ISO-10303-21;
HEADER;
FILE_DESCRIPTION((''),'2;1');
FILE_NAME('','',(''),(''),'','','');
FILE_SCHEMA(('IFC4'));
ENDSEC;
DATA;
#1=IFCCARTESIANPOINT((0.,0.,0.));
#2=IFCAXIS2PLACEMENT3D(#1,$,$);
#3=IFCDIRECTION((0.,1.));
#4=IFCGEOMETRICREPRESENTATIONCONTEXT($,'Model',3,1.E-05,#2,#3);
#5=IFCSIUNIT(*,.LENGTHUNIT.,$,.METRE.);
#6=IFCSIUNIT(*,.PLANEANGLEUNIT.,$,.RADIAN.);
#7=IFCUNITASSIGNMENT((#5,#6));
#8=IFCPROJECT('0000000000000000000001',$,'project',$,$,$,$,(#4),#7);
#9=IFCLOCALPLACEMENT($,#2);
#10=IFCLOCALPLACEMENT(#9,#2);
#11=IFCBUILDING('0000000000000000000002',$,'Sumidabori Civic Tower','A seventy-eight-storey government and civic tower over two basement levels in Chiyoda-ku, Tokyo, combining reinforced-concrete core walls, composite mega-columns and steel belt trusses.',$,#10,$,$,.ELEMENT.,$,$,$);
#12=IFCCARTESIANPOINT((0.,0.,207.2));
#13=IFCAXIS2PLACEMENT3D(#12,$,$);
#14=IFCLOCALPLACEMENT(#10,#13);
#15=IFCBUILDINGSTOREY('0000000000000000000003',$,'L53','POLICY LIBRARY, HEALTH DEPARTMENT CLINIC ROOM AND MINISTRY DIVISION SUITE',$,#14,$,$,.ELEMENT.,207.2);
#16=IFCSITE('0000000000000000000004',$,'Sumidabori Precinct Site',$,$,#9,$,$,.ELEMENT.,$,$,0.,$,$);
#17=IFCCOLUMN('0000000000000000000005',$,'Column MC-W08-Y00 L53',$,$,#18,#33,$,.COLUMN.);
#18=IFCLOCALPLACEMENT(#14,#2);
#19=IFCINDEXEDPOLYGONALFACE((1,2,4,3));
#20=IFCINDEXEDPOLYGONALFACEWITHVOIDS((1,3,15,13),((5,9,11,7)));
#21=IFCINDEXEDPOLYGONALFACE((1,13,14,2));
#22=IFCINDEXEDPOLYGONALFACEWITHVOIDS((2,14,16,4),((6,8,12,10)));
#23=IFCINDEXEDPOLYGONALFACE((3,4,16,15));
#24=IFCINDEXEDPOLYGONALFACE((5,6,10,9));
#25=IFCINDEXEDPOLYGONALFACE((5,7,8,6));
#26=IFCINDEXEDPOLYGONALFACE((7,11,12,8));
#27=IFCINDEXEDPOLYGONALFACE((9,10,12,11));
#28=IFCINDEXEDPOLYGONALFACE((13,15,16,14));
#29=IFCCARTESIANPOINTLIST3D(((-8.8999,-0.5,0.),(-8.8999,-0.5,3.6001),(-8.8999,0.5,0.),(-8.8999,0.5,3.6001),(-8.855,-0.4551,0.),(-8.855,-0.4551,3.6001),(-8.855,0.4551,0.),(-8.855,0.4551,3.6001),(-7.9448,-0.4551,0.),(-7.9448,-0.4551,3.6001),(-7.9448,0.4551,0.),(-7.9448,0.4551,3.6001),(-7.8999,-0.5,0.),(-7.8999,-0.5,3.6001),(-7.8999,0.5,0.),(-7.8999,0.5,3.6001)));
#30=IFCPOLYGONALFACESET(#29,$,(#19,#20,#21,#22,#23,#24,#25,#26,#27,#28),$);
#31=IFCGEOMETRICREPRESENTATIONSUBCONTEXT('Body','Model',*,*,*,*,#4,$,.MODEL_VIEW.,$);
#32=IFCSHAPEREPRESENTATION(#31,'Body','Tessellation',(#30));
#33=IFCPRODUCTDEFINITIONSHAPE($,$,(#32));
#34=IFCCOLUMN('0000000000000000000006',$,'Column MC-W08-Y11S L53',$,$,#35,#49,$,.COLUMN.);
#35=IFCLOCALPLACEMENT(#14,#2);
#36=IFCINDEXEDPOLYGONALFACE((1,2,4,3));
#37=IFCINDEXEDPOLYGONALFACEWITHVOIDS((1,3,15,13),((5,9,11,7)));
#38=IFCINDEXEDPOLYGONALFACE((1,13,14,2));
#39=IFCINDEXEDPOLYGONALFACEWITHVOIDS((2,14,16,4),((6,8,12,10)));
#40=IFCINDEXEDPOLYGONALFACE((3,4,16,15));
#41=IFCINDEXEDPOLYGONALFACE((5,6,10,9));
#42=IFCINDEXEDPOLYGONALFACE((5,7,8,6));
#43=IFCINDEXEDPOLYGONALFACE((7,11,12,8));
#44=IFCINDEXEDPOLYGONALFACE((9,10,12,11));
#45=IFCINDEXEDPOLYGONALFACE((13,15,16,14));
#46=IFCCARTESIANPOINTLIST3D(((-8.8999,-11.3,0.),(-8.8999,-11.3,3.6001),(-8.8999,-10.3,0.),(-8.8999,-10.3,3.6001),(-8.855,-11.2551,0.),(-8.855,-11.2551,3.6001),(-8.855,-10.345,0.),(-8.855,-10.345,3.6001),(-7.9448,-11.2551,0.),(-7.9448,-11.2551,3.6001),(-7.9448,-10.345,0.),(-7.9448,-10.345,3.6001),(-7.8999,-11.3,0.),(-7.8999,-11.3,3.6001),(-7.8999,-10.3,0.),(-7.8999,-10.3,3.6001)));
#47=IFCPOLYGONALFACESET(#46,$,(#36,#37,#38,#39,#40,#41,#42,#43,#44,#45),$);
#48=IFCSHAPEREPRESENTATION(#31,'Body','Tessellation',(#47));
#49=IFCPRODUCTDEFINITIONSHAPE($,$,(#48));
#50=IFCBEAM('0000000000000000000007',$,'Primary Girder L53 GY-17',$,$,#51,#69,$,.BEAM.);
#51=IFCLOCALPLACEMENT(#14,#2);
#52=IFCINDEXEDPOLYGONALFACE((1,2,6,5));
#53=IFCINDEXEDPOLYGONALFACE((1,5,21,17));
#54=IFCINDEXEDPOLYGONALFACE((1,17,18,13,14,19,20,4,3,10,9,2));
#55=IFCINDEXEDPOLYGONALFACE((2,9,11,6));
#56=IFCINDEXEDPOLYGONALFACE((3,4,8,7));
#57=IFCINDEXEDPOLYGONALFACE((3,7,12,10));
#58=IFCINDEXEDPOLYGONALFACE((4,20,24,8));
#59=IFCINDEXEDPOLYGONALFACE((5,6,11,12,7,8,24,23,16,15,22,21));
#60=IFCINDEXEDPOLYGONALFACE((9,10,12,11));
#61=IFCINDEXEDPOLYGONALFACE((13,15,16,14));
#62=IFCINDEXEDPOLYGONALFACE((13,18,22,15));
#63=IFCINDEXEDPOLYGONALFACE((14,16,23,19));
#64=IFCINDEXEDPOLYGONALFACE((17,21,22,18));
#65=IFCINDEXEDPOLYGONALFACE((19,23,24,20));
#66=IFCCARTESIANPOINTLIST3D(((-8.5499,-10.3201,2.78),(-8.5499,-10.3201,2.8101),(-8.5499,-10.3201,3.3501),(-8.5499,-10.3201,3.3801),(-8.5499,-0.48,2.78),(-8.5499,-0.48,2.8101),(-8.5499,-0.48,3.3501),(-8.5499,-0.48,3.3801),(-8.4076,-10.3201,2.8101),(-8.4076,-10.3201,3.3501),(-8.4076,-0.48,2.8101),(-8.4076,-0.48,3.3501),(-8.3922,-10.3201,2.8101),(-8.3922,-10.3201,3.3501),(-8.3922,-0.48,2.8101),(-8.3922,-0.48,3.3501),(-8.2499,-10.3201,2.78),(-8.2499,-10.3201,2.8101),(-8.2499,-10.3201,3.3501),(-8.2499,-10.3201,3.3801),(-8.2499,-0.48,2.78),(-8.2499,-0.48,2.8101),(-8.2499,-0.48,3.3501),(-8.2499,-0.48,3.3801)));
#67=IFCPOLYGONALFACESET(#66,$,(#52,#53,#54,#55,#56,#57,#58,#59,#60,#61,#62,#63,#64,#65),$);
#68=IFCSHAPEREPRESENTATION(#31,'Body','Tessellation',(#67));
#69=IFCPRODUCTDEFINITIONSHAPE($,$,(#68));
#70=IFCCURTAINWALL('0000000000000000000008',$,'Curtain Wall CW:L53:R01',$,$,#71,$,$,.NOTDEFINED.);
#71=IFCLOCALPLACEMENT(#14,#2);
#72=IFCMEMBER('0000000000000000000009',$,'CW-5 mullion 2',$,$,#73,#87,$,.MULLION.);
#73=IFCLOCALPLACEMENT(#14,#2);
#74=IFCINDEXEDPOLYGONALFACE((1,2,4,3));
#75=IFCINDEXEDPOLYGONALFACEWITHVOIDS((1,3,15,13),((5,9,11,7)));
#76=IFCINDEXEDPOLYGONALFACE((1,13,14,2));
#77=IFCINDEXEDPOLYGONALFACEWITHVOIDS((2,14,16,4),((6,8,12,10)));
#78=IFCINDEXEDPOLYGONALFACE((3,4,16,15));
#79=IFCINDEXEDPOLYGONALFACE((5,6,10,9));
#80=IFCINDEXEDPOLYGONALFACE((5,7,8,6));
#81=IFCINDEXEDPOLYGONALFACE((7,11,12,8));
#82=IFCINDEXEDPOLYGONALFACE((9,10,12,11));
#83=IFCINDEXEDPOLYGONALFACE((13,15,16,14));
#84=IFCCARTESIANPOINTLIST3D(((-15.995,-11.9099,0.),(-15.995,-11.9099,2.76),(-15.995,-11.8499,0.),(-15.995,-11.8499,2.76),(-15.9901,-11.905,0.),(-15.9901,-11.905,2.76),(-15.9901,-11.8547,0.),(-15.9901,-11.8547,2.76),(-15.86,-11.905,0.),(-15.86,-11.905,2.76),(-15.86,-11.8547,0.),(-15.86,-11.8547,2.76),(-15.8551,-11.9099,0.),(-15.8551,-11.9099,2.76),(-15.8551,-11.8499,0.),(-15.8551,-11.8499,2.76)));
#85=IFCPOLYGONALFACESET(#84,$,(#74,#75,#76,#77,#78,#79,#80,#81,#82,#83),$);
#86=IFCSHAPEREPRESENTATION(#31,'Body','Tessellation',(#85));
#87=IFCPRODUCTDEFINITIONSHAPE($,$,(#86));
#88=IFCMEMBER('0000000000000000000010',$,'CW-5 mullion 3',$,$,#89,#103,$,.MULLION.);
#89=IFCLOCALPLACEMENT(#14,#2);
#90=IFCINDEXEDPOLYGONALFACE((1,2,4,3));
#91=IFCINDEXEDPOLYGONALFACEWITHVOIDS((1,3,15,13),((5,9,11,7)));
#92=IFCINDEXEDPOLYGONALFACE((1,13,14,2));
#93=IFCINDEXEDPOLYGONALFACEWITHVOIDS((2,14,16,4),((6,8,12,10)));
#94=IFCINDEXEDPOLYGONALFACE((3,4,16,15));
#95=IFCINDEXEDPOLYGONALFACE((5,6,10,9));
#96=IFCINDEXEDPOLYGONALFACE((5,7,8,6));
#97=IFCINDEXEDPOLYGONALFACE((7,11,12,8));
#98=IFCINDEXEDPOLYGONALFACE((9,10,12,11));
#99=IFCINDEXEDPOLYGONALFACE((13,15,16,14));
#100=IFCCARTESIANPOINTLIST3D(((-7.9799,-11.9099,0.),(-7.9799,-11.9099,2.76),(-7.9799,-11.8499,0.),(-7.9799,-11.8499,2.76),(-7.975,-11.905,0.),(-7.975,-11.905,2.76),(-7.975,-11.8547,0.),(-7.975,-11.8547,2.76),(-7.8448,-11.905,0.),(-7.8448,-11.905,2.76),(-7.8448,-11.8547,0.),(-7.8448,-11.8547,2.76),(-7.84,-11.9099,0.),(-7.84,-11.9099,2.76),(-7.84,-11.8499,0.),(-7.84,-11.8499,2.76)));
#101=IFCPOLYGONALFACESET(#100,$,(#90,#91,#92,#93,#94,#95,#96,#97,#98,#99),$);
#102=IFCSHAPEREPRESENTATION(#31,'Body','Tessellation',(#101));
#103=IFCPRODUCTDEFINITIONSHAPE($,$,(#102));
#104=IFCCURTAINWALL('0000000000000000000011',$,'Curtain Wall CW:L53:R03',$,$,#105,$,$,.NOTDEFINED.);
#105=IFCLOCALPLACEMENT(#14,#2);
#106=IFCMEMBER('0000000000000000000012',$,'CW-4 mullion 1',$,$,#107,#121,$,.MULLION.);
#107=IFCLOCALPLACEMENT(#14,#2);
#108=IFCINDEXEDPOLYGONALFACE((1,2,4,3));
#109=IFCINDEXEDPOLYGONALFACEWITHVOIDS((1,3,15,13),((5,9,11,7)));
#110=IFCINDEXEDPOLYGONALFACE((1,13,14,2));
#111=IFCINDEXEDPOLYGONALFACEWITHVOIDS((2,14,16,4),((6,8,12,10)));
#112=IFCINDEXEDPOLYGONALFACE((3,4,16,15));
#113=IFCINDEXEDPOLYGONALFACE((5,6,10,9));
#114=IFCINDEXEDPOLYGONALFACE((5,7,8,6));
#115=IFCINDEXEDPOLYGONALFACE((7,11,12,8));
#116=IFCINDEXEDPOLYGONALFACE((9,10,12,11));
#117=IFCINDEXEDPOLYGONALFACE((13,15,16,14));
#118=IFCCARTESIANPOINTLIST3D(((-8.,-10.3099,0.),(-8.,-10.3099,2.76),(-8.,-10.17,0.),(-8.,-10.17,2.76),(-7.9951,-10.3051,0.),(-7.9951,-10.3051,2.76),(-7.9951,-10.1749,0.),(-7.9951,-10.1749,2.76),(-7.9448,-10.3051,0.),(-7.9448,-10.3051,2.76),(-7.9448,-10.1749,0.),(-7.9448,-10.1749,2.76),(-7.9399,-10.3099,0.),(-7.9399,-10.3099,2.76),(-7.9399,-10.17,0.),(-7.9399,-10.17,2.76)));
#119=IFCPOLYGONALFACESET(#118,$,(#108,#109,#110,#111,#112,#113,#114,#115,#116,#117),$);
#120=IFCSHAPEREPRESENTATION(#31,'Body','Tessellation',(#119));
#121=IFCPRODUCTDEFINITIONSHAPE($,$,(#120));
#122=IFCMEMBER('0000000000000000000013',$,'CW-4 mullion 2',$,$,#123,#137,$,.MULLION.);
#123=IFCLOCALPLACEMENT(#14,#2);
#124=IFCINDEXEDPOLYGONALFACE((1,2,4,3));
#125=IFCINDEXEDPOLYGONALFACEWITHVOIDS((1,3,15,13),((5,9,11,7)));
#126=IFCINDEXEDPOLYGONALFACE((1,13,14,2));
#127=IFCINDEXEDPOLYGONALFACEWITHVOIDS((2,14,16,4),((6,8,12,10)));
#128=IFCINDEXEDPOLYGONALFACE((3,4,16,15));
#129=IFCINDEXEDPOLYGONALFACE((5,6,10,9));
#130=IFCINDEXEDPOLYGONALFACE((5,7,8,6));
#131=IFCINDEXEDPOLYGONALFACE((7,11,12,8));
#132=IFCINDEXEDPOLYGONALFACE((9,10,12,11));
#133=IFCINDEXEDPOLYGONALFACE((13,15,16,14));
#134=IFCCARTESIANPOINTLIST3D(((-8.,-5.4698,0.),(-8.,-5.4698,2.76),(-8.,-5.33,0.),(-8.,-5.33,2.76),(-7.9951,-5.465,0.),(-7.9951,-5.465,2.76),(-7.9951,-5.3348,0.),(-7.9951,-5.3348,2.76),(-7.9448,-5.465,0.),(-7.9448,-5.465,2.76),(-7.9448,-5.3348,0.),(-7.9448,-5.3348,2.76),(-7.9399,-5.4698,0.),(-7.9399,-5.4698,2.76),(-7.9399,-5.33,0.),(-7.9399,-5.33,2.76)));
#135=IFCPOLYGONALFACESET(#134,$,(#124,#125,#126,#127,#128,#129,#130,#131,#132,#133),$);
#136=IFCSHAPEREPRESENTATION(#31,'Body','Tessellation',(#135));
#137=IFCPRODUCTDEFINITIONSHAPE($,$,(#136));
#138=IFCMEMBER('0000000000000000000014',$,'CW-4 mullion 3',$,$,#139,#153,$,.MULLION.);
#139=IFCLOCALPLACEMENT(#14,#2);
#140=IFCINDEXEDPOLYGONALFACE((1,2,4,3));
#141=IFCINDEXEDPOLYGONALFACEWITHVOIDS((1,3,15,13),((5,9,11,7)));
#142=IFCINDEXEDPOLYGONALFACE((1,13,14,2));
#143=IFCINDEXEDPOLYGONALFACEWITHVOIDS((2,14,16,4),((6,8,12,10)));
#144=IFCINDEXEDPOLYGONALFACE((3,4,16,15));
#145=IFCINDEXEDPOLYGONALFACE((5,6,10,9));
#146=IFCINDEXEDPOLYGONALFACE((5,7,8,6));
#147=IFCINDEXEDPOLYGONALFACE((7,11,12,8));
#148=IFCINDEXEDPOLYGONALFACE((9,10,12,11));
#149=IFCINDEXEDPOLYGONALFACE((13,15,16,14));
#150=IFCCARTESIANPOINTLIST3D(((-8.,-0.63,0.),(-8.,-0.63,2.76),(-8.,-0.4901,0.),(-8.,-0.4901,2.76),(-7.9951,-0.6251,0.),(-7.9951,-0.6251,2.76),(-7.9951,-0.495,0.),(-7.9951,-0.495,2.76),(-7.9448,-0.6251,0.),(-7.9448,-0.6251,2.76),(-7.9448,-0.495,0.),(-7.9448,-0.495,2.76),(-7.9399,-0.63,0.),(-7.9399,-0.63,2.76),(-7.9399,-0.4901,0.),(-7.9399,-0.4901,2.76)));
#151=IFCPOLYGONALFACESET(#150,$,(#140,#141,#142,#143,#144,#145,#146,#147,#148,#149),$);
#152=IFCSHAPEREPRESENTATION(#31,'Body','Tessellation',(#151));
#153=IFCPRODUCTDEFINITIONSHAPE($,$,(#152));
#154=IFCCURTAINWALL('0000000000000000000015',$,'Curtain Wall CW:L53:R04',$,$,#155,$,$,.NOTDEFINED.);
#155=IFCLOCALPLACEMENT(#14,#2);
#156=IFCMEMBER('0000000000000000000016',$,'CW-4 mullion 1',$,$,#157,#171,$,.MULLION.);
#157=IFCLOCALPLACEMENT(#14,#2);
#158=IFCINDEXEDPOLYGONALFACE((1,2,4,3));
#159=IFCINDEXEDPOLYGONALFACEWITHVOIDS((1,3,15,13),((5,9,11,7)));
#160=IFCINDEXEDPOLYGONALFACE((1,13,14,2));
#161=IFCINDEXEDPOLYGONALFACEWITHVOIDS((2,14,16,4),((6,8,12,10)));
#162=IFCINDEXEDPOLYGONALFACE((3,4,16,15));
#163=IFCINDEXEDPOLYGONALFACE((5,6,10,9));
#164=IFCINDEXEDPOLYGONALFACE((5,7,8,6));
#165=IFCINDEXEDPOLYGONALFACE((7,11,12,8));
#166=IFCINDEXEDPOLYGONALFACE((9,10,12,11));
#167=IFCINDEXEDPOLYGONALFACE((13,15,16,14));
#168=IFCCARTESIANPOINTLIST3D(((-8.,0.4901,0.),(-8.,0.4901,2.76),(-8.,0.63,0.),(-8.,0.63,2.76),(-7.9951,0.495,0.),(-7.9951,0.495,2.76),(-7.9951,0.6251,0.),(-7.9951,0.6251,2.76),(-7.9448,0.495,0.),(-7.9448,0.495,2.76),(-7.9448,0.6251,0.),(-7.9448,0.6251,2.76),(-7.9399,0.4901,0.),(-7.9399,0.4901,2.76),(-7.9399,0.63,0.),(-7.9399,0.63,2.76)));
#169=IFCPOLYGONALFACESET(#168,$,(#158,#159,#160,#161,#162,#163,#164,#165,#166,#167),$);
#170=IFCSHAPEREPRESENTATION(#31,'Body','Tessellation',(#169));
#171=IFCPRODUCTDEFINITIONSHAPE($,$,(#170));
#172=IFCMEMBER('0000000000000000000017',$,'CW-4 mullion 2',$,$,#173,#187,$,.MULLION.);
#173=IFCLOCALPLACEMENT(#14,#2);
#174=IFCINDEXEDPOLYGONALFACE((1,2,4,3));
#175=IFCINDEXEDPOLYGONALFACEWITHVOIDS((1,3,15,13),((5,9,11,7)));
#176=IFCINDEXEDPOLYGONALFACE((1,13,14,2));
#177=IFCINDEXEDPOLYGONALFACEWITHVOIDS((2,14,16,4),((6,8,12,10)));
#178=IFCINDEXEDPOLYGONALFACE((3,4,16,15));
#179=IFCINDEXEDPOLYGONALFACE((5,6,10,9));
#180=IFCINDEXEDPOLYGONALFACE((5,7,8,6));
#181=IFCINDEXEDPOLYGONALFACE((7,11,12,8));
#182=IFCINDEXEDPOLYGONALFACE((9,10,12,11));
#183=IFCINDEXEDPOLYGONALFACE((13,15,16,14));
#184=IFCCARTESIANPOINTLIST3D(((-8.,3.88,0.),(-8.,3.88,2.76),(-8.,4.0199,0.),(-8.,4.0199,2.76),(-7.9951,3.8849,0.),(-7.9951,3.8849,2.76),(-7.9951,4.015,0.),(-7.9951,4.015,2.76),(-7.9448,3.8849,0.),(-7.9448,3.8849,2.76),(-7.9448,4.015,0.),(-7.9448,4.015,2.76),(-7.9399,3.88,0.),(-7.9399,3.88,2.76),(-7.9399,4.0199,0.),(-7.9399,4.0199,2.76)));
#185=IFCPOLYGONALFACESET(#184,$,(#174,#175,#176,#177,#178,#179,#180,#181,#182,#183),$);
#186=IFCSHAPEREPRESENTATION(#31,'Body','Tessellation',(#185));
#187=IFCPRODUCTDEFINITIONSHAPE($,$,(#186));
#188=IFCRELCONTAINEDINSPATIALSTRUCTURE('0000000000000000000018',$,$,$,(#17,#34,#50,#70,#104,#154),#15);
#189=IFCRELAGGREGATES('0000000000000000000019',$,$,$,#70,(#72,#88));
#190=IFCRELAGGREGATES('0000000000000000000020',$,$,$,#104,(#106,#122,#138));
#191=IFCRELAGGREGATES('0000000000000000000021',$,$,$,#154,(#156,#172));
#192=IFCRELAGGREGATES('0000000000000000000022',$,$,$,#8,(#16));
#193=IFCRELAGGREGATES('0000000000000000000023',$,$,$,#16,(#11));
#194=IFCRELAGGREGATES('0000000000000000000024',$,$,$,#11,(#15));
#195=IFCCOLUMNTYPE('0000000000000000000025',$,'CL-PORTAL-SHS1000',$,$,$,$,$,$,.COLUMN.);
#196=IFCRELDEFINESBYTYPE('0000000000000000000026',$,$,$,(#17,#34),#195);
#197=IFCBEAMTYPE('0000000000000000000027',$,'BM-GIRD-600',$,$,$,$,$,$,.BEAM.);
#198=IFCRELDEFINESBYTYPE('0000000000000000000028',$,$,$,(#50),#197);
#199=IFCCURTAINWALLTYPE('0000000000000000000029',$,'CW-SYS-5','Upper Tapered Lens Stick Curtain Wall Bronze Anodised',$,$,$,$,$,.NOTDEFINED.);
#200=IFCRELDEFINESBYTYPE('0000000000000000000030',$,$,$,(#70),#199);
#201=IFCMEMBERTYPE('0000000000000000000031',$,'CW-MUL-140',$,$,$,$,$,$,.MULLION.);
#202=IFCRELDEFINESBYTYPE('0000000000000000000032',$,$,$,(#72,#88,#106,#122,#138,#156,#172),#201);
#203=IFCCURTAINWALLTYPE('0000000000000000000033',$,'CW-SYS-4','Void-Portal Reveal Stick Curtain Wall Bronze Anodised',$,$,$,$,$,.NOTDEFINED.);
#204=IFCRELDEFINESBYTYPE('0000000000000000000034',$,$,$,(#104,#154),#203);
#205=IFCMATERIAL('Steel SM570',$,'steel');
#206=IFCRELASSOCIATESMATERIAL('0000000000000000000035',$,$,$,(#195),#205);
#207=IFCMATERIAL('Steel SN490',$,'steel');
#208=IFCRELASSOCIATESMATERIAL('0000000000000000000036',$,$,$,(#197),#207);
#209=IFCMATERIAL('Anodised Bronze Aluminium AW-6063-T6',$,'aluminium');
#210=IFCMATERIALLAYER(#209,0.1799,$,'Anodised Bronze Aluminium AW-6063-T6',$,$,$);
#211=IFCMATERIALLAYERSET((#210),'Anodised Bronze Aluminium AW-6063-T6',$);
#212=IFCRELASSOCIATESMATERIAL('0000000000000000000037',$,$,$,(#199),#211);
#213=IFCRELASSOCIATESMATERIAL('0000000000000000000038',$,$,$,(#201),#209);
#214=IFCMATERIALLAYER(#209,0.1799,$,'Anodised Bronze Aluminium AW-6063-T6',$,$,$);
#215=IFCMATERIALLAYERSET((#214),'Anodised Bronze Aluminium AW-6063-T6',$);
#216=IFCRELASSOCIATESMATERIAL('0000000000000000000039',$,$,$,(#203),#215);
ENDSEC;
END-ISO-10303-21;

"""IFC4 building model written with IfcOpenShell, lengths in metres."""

from ifc_helpers import new_model, si_unit, direction, frame, origin, origin_2d, place, context, subcontext, project, spatial, hollow_rectangle, i_section, extrude, source, transform, mapped, material, layer, layer_set, material_profile, profile_set, type_object, element, aggregate, save


model = new_model("IFC4")

# Units and contexts
model_context = context("Model", 3, precision=1e-05, world=origin(), true_north=direction((0.0, 1.0)))
body_context = subcontext(model_context, "Body", "Model", "MODEL_VIEW")
ifc_project = project(units=[si_unit("LENGTHUNIT", "METRE"), si_unit("PLANEANGLEUNIT", "RADIAN")], contexts=[model_context])

# Site, building, storey
site_placement = place(None, origin())
site = spatial("IfcSite", under=ifc_project, at=site_placement, Name="Sumidabori Precinct Site", CompositionType="ELEMENT", RefElevation=0.0)
building_placement = place(site_placement, origin())
building = spatial("IfcBuilding", under=site, at=building_placement, Name="Sumidabori Civic Tower", Description="A seventy-eight-storey government and civic tower over two basement levels in Chiyoda-ku, Tokyo, combining reinforced-concrete core walls, composite mega-columns and steel belt trusses.", CompositionType="ELEMENT")
storey_placement = place(building_placement, frame((0.0, 0.0, 207.2)))
storey = spatial("IfcBuildingStorey", under=building, at=storey_placement, Name="L53", Description="POLICY LIBRARY, HEALTH DEPARTMENT CLINIC ROOM AND MINISTRY DIVISION SUITE", CompositionType="ELEMENT", Elevation=207.2)

# Columns
ifc_material_1 = material(Name="Steel SM570", Category="steel")
ifc_material_profile_1 = material_profile(ifc_material_1, hollow_rectangle(XDim=1.0, YDim=1.0, WallThickness=0.0449, at=origin_2d()), Name="SHS 1000x1000x45")
ifc_profile_set_1 = profile_set([ifc_material_profile_1], Name="Steel SM570")
column_type = type_object("IfcColumnType", Name="CL-PORTAL-SHS1000", PredefinedType="COLUMN", material=ifc_profile_set_1)
shared_shape_1 = source(origin(), body_context, "Body", "SweptSolid", [
    extrude(hollow_rectangle(XDim=1.0, YDim=1.0, WallThickness=0.0449, at=origin_2d()), origin(), (0.0, 0.0, 1.0), 3.6001),
])
for number, where, z_axis, x_axis, name in (
    (1, (-8.3999, 0.0, 0.0), (0.0, 0.0, 1.0), (1.0, 0.0, 0.0), "Column MC-W08-Y00 L53"),
    (2, (-8.3999, -10.8, 0.0), (0.0, 0.0, 1.0), (1.0, 0.0, 0.0), "Column MC-W08-Y11S L53"),
):
    element("IfcColumn", number, at=place(storey_placement, frame(where, z_axis=z_axis, x_axis=x_axis)), inside=storey, type_object=column_type, Name=name, PredefinedType="COLUMN", context=body_context, shape_type="MappedRepresentation", body=[
        mapped(shared_shape_1, transform((0.0, 0.0, 0.0), x_axis=(1.0, 0.0, 0.0), y_axis=(0.0, 1.0, 0.0), z_axis=(0.0, 0.0, 1.0), scale=1.0)),
    ])

# Beam
ifc_material_2 = material(Name="Steel SN490", Category="steel")
ifc_material_profile_2 = material_profile(ifc_material_2, i_section(OverallWidth=0.3, OverallDepth=0.6001, WebThickness=0.0154, FlangeThickness=0.03, at=origin_2d()), Name="HE 600 B")
ifc_profile_set_2 = profile_set([ifc_material_profile_2], Name="Steel SN490")
beam_type = type_object("IfcBeamType", Name="BM-GIRD-600", PredefinedType="BEAM", material=ifc_profile_set_2)
shared_shape_2 = source(origin(), body_context, "Body", "SweptSolid", [
    extrude(i_section(OverallWidth=0.3, OverallDepth=0.6001, WebThickness=0.0154, FlangeThickness=0.03, at=origin_2d()), origin(), (0.0, 0.0, 1.0), 9.8401),
])
beam_placement = place(storey_placement, frame((-8.3999, -10.3201, 3.0801), z_axis=(0.0, 1.0, 0.0), x_axis=(-1.0, 0.0, 0.0)))
element("IfcBeam", 3, at=beam_placement, inside=storey, type_object=beam_type, Name="Primary Girder L53 GY-17", PredefinedType="BEAM", context=body_context, shape_type="MappedRepresentation", body=[
    mapped(shared_shape_2, transform((0.0, 0.0, 0.0), x_axis=(1.0, 0.0, 0.0), y_axis=(0.0, 1.0, 0.0), z_axis=(0.0, 0.0, 1.0), scale=1.0)),
])

# Curtain walls, members
ifc_material_3 = material(Name="Anodised Bronze Aluminium AW-6063-T6", Category="aluminium")
ifc_layer_1 = layer(ifc_material_3, 0.1799, Name="Anodised Bronze Aluminium AW-6063-T6")
ifc_layer_set_1 = layer_set([ifc_layer_1], Name="Anodised Bronze Aluminium AW-6063-T6")
curtain_wall_type_1 = type_object("IfcCurtainWallType", Name="CW-SYS-5", Description="Upper Tapered Lens Stick Curtain Wall Bronze Anodised", PredefinedType="NOTDEFINED", material=ifc_layer_set_1)
curtain_wall_1_placement = place(storey_placement, origin())
curtain_wall_1 = element("IfcCurtainWall", 4, at=curtain_wall_1_placement, inside=storey, type_object=curtain_wall_type_1, Name="Curtain Wall CW:L53:R01", PredefinedType="NOTDEFINED")
ifc_material_profile_3 = material_profile(ifc_material_3, hollow_rectangle(XDim=0.0601, YDim=0.1399, WallThickness=0.0049, at=origin_2d()), Name="ALU MULLION 140x60")
ifc_profile_set_3 = profile_set([ifc_material_profile_3], Name="Anodised Bronze Aluminium AW-6063-T6")
member_type_1 = type_object("IfcMemberType", Name="CW-MUL-140", PredefinedType="MULLION", material=ifc_profile_set_3)
shared_shape_3 = source(origin(), body_context, "Body", "SweptSolid", [
    extrude(hollow_rectangle(XDim=0.0601, YDim=0.1399, WallThickness=0.0049, at=origin_2d()), origin(), (0.0, 0.0, 1.0), 2.76),
])
member_1_placement = place(storey_placement, frame((-15.925, -11.8799, 0.0), z_axis=(0.0, 0.0, 1.0), x_axis=(0.0, 1.0, 0.0)))
member_1 = element("IfcMember", 5, at=member_1_placement, type_object=member_type_1, Name="CW-5 mullion 2", PredefinedType="MULLION", context=body_context, shape_type="MappedRepresentation", body=[
    mapped(shared_shape_3, transform((0.0, 0.0, 0.0), x_axis=(1.0, 0.0, 0.0), y_axis=(0.0, 1.0, 0.0), z_axis=(0.0, 0.0, 1.0), scale=1.0)),
])
member_2_placement = place(storey_placement, frame((-7.9099, -11.8799, 0.0), z_axis=(0.0, 0.0, 1.0), x_axis=(0.0, 1.0, 0.0)))
member_2 = element("IfcMember", 6, at=member_2_placement, type_object=member_type_1, Name="CW-5 mullion 3", PredefinedType="MULLION", context=body_context, shape_type="MappedRepresentation", body=[
    mapped(shared_shape_3, transform((0.0, 0.0, 0.0), x_axis=(1.0, 0.0, 0.0), y_axis=(0.0, 1.0, 0.0), z_axis=(0.0, 0.0, 1.0), scale=1.0)),
])
ifc_layer_2 = layer(ifc_material_3, 0.1799, Name="Anodised Bronze Aluminium AW-6063-T6")
ifc_layer_set_2 = layer_set([ifc_layer_2], Name="Anodised Bronze Aluminium AW-6063-T6")
curtain_wall_type_2 = type_object("IfcCurtainWallType", Name="CW-SYS-4", Description="Void-Portal Reveal Stick Curtain Wall Bronze Anodised", PredefinedType="NOTDEFINED", material=ifc_layer_set_2)
curtain_wall_2_placement = place(storey_placement, origin())
curtain_wall_2 = element("IfcCurtainWall", 7, at=curtain_wall_2_placement, inside=storey, type_object=curtain_wall_type_2, Name="Curtain Wall CW:L53:R03", PredefinedType="NOTDEFINED")
member_3_placement = place(storey_placement, frame((-7.97, -10.24, 0.0), z_axis=(0.0, 0.0, 1.0), x_axis=(-1.0, 0.0, 0.0)))
member_3 = element("IfcMember", 8, at=member_3_placement, type_object=member_type_1, Name="CW-4 mullion 1", PredefinedType="MULLION", context=body_context, shape_type="MappedRepresentation", body=[
    mapped(shared_shape_3, transform((0.0, 0.0, 0.0), x_axis=(1.0, 0.0, 0.0), y_axis=(0.0, 1.0, 0.0), z_axis=(0.0, 0.0, 1.0), scale=1.0)),
])
member_4_placement = place(storey_placement, frame((-7.97, -5.3999, 0.0), z_axis=(0.0, 0.0, 1.0), x_axis=(-1.0, 0.0, 0.0)))
member_4 = element("IfcMember", 9, at=member_4_placement, type_object=member_type_1, Name="CW-4 mullion 2", PredefinedType="MULLION", context=body_context, shape_type="MappedRepresentation", body=[
    mapped(shared_shape_3, transform((0.0, 0.0, 0.0), x_axis=(1.0, 0.0, 0.0), y_axis=(0.0, 1.0, 0.0), z_axis=(0.0, 0.0, 1.0), scale=1.0)),
])
member_5_placement = place(storey_placement, frame((-7.97, -0.5601, 0.0), z_axis=(0.0, 0.0, 1.0), x_axis=(-1.0, 0.0, 0.0)))
member_5 = element("IfcMember", 10, at=member_5_placement, type_object=member_type_1, Name="CW-4 mullion 3", PredefinedType="MULLION", context=body_context, shape_type="MappedRepresentation", body=[
    mapped(shared_shape_3, transform((0.0, 0.0, 0.0), x_axis=(1.0, 0.0, 0.0), y_axis=(0.0, 1.0, 0.0), z_axis=(0.0, 0.0, 1.0), scale=1.0)),
])
curtain_wall_3_placement = place(storey_placement, origin())
curtain_wall_3 = element("IfcCurtainWall", 11, at=curtain_wall_3_placement, inside=storey, type_object=curtain_wall_type_2, Name="Curtain Wall CW:L53:R04", PredefinedType="NOTDEFINED")
member_6_placement = place(storey_placement, frame((-7.97, 0.5601, 0.0), z_axis=(0.0, 0.0, 1.0), x_axis=(-1.0, 0.0, 0.0)))
member_6 = element("IfcMember", 12, at=member_6_placement, type_object=member_type_1, Name="CW-4 mullion 1", PredefinedType="MULLION", context=body_context, shape_type="MappedRepresentation", body=[
    mapped(shared_shape_3, transform((0.0, 0.0, 0.0), x_axis=(1.0, 0.0, 0.0), y_axis=(0.0, 1.0, 0.0), z_axis=(0.0, 0.0, 1.0), scale=1.0)),
])
member_7_placement = place(storey_placement, frame((-7.97, 3.95, 0.0), z_axis=(0.0, 0.0, 1.0), x_axis=(-1.0, 0.0, 0.0)))
member_7 = element("IfcMember", 13, at=member_7_placement, type_object=member_type_1, Name="CW-4 mullion 2", PredefinedType="MULLION", context=body_context, shape_type="MappedRepresentation", body=[
    mapped(shared_shape_3, transform((0.0, 0.0, 0.0), x_axis=(1.0, 0.0, 0.0), y_axis=(0.0, 1.0, 0.0), z_axis=(0.0, 0.0, 1.0), scale=1.0)),
])

aggregate(curtain_wall_1, [member_1, member_2])
aggregate(curtain_wall_2, [member_3, member_4, member_5])
aggregate(curtain_wall_3, [member_6, member_7])

save(model, "model.ifc")
